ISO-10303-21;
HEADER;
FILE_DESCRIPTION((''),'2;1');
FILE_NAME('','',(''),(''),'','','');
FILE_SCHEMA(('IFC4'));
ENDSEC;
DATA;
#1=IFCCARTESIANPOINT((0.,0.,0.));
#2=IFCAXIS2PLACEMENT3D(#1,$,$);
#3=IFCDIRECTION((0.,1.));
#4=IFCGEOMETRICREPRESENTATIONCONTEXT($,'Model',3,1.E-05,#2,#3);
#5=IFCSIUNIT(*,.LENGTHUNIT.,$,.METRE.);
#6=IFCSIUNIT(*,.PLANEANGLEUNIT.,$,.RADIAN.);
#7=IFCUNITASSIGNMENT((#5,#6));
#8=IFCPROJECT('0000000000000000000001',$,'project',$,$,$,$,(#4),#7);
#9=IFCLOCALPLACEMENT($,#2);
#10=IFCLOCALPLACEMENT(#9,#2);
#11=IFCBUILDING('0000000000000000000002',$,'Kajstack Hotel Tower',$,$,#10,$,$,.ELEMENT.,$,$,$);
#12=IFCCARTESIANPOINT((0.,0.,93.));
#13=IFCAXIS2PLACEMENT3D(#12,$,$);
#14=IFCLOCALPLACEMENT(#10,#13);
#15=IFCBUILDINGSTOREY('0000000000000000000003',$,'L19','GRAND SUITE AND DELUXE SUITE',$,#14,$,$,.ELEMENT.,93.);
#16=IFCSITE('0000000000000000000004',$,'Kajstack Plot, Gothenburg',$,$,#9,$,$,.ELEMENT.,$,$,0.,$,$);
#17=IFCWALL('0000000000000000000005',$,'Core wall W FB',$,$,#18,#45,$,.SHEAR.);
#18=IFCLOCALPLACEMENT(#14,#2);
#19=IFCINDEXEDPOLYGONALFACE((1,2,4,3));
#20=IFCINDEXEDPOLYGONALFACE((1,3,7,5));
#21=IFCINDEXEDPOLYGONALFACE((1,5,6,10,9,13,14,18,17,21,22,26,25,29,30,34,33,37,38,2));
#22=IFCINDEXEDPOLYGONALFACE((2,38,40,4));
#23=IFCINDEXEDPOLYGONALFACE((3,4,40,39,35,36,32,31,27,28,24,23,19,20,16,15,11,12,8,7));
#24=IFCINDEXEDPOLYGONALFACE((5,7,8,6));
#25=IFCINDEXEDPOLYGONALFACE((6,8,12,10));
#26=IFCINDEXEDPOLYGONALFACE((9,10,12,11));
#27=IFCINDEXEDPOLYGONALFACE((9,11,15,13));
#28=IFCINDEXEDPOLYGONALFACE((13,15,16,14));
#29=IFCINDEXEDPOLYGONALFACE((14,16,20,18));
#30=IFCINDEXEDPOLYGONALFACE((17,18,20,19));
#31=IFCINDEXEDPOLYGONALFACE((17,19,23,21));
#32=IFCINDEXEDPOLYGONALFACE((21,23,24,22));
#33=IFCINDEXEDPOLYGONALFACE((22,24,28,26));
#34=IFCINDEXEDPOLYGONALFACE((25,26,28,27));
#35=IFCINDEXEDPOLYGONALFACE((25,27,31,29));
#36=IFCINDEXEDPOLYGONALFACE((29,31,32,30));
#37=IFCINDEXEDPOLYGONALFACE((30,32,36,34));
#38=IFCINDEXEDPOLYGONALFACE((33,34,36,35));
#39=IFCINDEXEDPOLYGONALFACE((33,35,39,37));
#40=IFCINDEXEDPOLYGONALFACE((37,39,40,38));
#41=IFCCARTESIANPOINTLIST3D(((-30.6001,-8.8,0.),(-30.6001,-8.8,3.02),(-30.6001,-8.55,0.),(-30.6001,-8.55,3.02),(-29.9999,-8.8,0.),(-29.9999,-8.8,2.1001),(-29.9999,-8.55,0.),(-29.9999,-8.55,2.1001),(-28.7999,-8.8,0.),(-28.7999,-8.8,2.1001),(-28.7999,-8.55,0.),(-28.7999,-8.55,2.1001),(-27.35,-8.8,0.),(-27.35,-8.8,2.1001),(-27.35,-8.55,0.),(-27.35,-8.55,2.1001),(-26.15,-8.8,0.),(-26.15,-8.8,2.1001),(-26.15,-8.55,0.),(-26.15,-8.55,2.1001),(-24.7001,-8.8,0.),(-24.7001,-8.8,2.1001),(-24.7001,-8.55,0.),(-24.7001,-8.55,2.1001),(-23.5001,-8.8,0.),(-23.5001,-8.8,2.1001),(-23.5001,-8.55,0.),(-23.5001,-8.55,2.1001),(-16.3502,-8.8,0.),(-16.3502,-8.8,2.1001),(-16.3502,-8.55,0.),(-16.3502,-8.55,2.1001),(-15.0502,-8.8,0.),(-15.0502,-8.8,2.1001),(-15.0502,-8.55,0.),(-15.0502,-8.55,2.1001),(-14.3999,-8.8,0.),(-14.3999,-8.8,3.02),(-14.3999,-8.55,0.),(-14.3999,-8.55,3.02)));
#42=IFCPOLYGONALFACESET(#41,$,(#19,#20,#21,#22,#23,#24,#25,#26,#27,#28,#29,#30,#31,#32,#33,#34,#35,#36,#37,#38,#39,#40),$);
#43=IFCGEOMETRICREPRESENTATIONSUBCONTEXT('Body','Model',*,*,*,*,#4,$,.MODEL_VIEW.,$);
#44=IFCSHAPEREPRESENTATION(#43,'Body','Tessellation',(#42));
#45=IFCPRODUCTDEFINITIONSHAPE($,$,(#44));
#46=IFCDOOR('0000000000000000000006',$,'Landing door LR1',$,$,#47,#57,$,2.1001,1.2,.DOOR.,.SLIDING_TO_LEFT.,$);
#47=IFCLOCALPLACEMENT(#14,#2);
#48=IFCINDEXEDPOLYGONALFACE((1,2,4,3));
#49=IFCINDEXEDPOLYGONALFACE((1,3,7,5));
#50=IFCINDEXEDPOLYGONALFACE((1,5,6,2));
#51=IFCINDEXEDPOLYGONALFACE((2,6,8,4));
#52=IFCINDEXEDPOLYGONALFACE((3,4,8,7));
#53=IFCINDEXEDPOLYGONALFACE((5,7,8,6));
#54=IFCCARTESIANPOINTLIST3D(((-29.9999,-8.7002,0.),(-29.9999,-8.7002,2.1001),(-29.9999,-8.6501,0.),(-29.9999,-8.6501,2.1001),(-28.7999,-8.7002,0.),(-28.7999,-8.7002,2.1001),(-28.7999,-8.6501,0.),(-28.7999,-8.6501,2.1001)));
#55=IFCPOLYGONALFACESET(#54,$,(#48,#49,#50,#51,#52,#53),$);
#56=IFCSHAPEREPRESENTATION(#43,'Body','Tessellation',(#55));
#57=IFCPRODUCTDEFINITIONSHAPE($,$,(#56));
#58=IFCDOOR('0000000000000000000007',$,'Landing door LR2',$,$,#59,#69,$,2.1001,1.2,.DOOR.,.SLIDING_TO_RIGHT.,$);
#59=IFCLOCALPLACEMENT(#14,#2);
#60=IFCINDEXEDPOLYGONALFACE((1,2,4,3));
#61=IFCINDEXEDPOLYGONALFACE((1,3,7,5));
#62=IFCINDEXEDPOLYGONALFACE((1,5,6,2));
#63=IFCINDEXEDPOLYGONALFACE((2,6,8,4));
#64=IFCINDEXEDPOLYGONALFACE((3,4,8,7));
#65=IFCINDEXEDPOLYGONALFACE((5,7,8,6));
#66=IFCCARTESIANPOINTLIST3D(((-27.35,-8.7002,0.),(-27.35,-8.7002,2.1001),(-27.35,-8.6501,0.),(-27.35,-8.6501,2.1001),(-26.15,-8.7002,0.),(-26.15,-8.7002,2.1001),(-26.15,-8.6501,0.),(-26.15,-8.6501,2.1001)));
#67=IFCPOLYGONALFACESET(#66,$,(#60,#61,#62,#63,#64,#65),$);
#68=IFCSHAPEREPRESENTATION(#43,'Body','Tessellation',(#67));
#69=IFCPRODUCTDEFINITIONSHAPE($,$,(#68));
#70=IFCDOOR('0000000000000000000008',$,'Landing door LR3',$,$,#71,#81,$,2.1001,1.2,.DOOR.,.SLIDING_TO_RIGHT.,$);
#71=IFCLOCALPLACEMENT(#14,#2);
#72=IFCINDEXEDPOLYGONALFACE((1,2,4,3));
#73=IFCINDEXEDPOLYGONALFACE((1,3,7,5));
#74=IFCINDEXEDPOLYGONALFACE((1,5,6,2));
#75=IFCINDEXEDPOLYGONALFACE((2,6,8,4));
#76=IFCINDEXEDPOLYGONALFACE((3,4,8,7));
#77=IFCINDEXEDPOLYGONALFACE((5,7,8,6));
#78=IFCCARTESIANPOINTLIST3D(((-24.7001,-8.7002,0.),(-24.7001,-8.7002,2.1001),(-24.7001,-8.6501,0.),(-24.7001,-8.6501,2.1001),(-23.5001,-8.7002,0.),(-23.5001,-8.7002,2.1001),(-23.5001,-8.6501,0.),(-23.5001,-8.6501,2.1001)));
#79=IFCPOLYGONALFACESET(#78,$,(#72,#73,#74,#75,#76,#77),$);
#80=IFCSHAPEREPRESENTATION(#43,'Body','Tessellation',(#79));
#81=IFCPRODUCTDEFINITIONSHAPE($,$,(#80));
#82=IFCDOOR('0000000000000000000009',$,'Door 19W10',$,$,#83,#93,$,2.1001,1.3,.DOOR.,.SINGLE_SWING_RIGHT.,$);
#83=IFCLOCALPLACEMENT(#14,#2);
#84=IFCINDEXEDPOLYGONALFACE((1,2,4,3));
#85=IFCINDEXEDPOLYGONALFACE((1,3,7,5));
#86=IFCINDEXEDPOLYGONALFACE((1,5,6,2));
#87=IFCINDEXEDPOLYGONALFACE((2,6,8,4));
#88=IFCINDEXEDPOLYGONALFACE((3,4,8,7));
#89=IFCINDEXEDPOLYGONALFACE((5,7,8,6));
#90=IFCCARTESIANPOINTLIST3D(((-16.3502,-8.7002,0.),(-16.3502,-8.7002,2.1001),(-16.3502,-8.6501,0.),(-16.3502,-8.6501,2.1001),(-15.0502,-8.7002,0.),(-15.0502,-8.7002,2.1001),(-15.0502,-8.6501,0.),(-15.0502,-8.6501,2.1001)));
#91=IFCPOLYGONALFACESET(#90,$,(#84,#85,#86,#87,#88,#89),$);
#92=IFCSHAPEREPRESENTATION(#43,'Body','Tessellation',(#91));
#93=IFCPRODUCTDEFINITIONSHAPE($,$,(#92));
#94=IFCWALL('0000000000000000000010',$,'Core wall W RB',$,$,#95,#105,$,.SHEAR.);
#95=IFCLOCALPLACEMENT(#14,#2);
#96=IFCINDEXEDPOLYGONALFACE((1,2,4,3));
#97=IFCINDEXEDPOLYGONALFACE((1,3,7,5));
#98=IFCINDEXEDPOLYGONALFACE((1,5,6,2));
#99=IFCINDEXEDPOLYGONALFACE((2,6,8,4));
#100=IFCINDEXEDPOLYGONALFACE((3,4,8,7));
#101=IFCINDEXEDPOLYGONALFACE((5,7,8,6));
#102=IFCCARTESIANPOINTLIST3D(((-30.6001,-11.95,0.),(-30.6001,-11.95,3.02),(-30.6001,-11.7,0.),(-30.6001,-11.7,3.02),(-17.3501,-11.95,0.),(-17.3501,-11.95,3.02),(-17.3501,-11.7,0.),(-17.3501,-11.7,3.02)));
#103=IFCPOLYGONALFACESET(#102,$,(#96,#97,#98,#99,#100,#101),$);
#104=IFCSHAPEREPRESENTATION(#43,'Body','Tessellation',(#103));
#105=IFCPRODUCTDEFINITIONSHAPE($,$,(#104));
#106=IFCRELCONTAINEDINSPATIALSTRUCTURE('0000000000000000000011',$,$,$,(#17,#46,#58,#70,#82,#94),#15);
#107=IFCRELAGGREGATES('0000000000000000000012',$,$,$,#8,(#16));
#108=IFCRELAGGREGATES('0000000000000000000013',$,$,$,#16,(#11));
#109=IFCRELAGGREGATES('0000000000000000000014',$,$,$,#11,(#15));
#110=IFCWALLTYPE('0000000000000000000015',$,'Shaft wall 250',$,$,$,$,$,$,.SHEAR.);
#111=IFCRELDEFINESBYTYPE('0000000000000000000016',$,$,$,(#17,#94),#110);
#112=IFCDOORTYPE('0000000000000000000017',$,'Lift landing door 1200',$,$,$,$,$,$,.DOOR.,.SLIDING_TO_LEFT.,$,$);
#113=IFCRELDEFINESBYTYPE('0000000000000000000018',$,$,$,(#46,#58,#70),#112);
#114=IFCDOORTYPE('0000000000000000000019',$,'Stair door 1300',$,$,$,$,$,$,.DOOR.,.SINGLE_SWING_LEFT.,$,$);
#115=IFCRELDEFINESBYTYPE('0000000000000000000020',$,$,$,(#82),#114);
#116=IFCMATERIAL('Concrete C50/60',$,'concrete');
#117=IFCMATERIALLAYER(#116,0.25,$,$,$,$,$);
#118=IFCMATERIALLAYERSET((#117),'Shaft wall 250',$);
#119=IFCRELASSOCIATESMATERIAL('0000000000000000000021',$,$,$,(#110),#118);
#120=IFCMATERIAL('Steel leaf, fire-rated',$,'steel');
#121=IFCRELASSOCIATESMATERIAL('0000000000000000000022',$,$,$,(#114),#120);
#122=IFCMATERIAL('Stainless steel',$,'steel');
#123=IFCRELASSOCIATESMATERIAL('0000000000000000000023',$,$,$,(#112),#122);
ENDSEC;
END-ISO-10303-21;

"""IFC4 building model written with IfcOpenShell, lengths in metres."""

from ifc_helpers import new_model, si_unit, direction, frame, frame_2d, origin, place, context, subcontext, project, spatial, rectangle, extrude, material, layer, layer_set, type_object, element, fill, save


model = new_model("IFC4")

# Units and contexts
model_context = context("Model", 3, precision=1e-05, world=origin(), true_north=direction((0.0, 1.0)))
body_context = subcontext(model_context, "Body", "Model", "MODEL_VIEW")
ifc_project = project(units=[si_unit("LENGTHUNIT", "METRE"), si_unit("PLANEANGLEUNIT", "RADIAN")], contexts=[model_context])

# Site, building, storey
site_placement = place(None, origin())
site = spatial("IfcSite", under=ifc_project, at=site_placement, Name="Kajstack Plot, Gothenburg", CompositionType="ELEMENT", RefElevation=0.0)
building_placement = place(site_placement, origin())
building = spatial("IfcBuilding", under=site, at=building_placement, Name="Kajstack Hotel Tower", CompositionType="ELEMENT")
storey_placement = place(building_placement, frame((0.0, 0.0, 93.0)))
storey = spatial("IfcBuildingStorey", under=building, at=storey_placement, Name="L19", Description="GRAND SUITE AND DELUXE SUITE", CompositionType="ELEMENT", Elevation=93.0)

# Shared definitions
ifc_material_1 = material(Name="Stainless steel", Category="steel")

# Shared definitions
ifc_material_2 = material(Name="Concrete C50/60", Category="concrete")
ifc_layer_1 = layer(ifc_material_2, 0.25)
ifc_layer_set_1 = layer_set([ifc_layer_1], Name="Shaft wall 250")
wall_type_1 = type_object("IfcWallType", Name="Shaft wall 250", PredefinedType="SHEAR", material=ifc_layer_set_1)
ifc_material_3 = material(Name="Steel leaf, fire-rated", Category="steel")
door_type_1 = type_object("IfcDoorType", Name="Stair door 1300", OperationType="SINGLE_SWING_LEFT", PredefinedType="DOOR", material=ifc_material_3)

# Wall, openings, doors
wall_1_placement = place(storey_placement, frame((-30.6001, -8.675, 0.0), z_axis=(0.0, 0.0, 1.0), x_axis=(1.0, 0.0, 0.0)))
wall_1 = element("IfcWall", 1, at=wall_1_placement, inside=storey, type_object=wall_type_1, Name="Core wall W FB", PredefinedType="SHEAR", context=body_context, shape_type="SweptSolid", body=[
    extrude(rectangle(XDim=16.2002, YDim=0.25, at=frame_2d((8.1001, 0.0))), origin(), (0.0, 0.0, 1.0), 3.02),
])
opening_1_placement = place(wall_1_placement, frame((0.6001, 0.0, 0.0)))
opening_1 = element("IfcOpeningElement", 2, at=opening_1_placement, cuts=wall_1, PredefinedType="OPENING", context=body_context, shape_type="SweptSolid", body=[
    extrude(rectangle(XDim=1.2, YDim=2.1001, at=frame_2d((0.6001, 1.05))), frame((0.0, 0.135, 0.0), z_axis=(0.0, -1.0, 0.0), x_axis=(1.0, 0.0, 0.0)), (0.0, 0.0, 1.0), 0.27),
])
opening_2_placement = place(wall_1_placement, frame((3.25, 0.0, 0.0)))
opening_2 = element("IfcOpeningElement", 3, at=opening_2_placement, cuts=wall_1, PredefinedType="OPENING", context=body_context, shape_type="SweptSolid", body=[
    extrude(rectangle(XDim=1.2, YDim=2.1001, at=frame_2d((0.6001, 1.05))), frame((0.0, 0.135, 0.0), z_axis=(0.0, -1.0, 0.0), x_axis=(1.0, 0.0, 0.0)), (0.0, 0.0, 1.0), 0.27),
])
opening_3_placement = place(wall_1_placement, frame((5.8999, 0.0, 0.0)))
opening_3 = element("IfcOpeningElement", 4, at=opening_3_placement, cuts=wall_1, PredefinedType="OPENING", context=body_context, shape_type="SweptSolid", body=[
    extrude(rectangle(XDim=1.2, YDim=2.1001, at=frame_2d((0.6001, 1.05))), frame((0.0, 0.135, 0.0), z_axis=(0.0, -1.0, 0.0), x_axis=(1.0, 0.0, 0.0)), (0.0, 0.0, 1.0), 0.27),
])
opening_4_placement = place(wall_1_placement, frame((14.25, 0.0, 0.0)))
opening_4 = element("IfcOpeningElement", 5, at=opening_4_placement, cuts=wall_1, PredefinedType="OPENING", context=body_context, shape_type="SweptSolid", body=[
    extrude(rectangle(XDim=1.3, YDim=2.1001, at=frame_2d((0.6499, 1.05))), frame((0.0, 0.135, 0.0), z_axis=(0.0, -1.0, 0.0), x_axis=(1.0, 0.0, 0.0)), (0.0, 0.0, 1.0), 0.27),
])
door_type_2 = type_object("IfcDoorType", Name="Lift landing door 1200", OperationType="SLIDING_TO_LEFT", PredefinedType="DOOR", material=ifc_material_1)
door_1_placement = place(opening_1_placement, origin())
door_1 = element("IfcDoor", 6, at=door_1_placement, inside=storey, type_object=door_type_2, Name="Landing door LR1", OperationType="SLIDING_TO_LEFT", OverallHeight=2.1001, OverallWidth=1.2, PredefinedType="DOOR", context=body_context, shape_type="SweptSolid", body=[
    extrude(rectangle(XDim=1.2, YDim=2.1001, at=frame_2d((0.6001, 1.05))), frame((0.0, 0.0249, 0.0), z_axis=(0.0, -1.0, 0.0), x_axis=(1.0, 0.0, 0.0)), (0.0, 0.0, 1.0), 0.05),
])
fill(opening_1, door_1)
door_2_placement = place(opening_2_placement, origin())
door_2 = element("IfcDoor", 7, at=door_2_placement, inside=storey, type_object=door_type_2, Name="Landing door LR2", OperationType="SLIDING_TO_RIGHT", OverallHeight=2.1001, OverallWidth=1.2, PredefinedType="DOOR", context=body_context, shape_type="SweptSolid", body=[
    extrude(rectangle(XDim=1.2, YDim=2.1001, at=frame_2d((0.6001, 1.05))), frame((0.0, 0.0249, 0.0), z_axis=(0.0, -1.0, 0.0), x_axis=(1.0, 0.0, 0.0)), (0.0, 0.0, 1.0), 0.05),
])
fill(opening_2, door_2)
door_3_placement = place(opening_3_placement, origin())
door_3 = element("IfcDoor", 8, at=door_3_placement, inside=storey, type_object=door_type_2, Name="Landing door LR3", OperationType="SLIDING_TO_RIGHT", OverallHeight=2.1001, OverallWidth=1.2, PredefinedType="DOOR", context=body_context, shape_type="SweptSolid", body=[
    extrude(rectangle(XDim=1.2, YDim=2.1001, at=frame_2d((0.6001, 1.05))), frame((0.0, 0.0249, 0.0), z_axis=(0.0, -1.0, 0.0), x_axis=(1.0, 0.0, 0.0)), (0.0, 0.0, 1.0), 0.05),
])
fill(opening_3, door_3)
door_4_placement = place(opening_4_placement, origin())
door_4 = element("IfcDoor", 9, at=door_4_placement, inside=storey, type_object=door_type_1, Name="Door 19W10", OperationType="SINGLE_SWING_RIGHT", OverallHeight=2.1001, OverallWidth=1.3, PredefinedType="DOOR", context=body_context, shape_type="SweptSolid", body=[
    extrude(rectangle(XDim=1.3, YDim=2.1001, at=frame_2d((0.6499, 1.05))), frame((0.0, 0.0249, 0.0), z_axis=(0.0, -1.0, 0.0), x_axis=(1.0, 0.0, 0.0)), (0.0, 0.0, 1.0), 0.05),
])
fill(opening_4, door_4)

# Wall
wall_2_placement = place(storey_placement, frame((-30.6001, -11.825, 0.0), z_axis=(0.0, 0.0, 1.0), x_axis=(1.0, 0.0, 0.0)))
element("IfcWall", 10, at=wall_2_placement, inside=storey, type_object=wall_type_1, Name="Core wall W RB", PredefinedType="SHEAR", context=body_context, shape_type="SweptSolid", body=[
    extrude(rectangle(XDim=13.25, YDim=0.25, at=frame_2d((6.625, 0.0))), origin(), (0.0, 0.0, 1.0), 3.02),
])

save(model, "model.ifc")
